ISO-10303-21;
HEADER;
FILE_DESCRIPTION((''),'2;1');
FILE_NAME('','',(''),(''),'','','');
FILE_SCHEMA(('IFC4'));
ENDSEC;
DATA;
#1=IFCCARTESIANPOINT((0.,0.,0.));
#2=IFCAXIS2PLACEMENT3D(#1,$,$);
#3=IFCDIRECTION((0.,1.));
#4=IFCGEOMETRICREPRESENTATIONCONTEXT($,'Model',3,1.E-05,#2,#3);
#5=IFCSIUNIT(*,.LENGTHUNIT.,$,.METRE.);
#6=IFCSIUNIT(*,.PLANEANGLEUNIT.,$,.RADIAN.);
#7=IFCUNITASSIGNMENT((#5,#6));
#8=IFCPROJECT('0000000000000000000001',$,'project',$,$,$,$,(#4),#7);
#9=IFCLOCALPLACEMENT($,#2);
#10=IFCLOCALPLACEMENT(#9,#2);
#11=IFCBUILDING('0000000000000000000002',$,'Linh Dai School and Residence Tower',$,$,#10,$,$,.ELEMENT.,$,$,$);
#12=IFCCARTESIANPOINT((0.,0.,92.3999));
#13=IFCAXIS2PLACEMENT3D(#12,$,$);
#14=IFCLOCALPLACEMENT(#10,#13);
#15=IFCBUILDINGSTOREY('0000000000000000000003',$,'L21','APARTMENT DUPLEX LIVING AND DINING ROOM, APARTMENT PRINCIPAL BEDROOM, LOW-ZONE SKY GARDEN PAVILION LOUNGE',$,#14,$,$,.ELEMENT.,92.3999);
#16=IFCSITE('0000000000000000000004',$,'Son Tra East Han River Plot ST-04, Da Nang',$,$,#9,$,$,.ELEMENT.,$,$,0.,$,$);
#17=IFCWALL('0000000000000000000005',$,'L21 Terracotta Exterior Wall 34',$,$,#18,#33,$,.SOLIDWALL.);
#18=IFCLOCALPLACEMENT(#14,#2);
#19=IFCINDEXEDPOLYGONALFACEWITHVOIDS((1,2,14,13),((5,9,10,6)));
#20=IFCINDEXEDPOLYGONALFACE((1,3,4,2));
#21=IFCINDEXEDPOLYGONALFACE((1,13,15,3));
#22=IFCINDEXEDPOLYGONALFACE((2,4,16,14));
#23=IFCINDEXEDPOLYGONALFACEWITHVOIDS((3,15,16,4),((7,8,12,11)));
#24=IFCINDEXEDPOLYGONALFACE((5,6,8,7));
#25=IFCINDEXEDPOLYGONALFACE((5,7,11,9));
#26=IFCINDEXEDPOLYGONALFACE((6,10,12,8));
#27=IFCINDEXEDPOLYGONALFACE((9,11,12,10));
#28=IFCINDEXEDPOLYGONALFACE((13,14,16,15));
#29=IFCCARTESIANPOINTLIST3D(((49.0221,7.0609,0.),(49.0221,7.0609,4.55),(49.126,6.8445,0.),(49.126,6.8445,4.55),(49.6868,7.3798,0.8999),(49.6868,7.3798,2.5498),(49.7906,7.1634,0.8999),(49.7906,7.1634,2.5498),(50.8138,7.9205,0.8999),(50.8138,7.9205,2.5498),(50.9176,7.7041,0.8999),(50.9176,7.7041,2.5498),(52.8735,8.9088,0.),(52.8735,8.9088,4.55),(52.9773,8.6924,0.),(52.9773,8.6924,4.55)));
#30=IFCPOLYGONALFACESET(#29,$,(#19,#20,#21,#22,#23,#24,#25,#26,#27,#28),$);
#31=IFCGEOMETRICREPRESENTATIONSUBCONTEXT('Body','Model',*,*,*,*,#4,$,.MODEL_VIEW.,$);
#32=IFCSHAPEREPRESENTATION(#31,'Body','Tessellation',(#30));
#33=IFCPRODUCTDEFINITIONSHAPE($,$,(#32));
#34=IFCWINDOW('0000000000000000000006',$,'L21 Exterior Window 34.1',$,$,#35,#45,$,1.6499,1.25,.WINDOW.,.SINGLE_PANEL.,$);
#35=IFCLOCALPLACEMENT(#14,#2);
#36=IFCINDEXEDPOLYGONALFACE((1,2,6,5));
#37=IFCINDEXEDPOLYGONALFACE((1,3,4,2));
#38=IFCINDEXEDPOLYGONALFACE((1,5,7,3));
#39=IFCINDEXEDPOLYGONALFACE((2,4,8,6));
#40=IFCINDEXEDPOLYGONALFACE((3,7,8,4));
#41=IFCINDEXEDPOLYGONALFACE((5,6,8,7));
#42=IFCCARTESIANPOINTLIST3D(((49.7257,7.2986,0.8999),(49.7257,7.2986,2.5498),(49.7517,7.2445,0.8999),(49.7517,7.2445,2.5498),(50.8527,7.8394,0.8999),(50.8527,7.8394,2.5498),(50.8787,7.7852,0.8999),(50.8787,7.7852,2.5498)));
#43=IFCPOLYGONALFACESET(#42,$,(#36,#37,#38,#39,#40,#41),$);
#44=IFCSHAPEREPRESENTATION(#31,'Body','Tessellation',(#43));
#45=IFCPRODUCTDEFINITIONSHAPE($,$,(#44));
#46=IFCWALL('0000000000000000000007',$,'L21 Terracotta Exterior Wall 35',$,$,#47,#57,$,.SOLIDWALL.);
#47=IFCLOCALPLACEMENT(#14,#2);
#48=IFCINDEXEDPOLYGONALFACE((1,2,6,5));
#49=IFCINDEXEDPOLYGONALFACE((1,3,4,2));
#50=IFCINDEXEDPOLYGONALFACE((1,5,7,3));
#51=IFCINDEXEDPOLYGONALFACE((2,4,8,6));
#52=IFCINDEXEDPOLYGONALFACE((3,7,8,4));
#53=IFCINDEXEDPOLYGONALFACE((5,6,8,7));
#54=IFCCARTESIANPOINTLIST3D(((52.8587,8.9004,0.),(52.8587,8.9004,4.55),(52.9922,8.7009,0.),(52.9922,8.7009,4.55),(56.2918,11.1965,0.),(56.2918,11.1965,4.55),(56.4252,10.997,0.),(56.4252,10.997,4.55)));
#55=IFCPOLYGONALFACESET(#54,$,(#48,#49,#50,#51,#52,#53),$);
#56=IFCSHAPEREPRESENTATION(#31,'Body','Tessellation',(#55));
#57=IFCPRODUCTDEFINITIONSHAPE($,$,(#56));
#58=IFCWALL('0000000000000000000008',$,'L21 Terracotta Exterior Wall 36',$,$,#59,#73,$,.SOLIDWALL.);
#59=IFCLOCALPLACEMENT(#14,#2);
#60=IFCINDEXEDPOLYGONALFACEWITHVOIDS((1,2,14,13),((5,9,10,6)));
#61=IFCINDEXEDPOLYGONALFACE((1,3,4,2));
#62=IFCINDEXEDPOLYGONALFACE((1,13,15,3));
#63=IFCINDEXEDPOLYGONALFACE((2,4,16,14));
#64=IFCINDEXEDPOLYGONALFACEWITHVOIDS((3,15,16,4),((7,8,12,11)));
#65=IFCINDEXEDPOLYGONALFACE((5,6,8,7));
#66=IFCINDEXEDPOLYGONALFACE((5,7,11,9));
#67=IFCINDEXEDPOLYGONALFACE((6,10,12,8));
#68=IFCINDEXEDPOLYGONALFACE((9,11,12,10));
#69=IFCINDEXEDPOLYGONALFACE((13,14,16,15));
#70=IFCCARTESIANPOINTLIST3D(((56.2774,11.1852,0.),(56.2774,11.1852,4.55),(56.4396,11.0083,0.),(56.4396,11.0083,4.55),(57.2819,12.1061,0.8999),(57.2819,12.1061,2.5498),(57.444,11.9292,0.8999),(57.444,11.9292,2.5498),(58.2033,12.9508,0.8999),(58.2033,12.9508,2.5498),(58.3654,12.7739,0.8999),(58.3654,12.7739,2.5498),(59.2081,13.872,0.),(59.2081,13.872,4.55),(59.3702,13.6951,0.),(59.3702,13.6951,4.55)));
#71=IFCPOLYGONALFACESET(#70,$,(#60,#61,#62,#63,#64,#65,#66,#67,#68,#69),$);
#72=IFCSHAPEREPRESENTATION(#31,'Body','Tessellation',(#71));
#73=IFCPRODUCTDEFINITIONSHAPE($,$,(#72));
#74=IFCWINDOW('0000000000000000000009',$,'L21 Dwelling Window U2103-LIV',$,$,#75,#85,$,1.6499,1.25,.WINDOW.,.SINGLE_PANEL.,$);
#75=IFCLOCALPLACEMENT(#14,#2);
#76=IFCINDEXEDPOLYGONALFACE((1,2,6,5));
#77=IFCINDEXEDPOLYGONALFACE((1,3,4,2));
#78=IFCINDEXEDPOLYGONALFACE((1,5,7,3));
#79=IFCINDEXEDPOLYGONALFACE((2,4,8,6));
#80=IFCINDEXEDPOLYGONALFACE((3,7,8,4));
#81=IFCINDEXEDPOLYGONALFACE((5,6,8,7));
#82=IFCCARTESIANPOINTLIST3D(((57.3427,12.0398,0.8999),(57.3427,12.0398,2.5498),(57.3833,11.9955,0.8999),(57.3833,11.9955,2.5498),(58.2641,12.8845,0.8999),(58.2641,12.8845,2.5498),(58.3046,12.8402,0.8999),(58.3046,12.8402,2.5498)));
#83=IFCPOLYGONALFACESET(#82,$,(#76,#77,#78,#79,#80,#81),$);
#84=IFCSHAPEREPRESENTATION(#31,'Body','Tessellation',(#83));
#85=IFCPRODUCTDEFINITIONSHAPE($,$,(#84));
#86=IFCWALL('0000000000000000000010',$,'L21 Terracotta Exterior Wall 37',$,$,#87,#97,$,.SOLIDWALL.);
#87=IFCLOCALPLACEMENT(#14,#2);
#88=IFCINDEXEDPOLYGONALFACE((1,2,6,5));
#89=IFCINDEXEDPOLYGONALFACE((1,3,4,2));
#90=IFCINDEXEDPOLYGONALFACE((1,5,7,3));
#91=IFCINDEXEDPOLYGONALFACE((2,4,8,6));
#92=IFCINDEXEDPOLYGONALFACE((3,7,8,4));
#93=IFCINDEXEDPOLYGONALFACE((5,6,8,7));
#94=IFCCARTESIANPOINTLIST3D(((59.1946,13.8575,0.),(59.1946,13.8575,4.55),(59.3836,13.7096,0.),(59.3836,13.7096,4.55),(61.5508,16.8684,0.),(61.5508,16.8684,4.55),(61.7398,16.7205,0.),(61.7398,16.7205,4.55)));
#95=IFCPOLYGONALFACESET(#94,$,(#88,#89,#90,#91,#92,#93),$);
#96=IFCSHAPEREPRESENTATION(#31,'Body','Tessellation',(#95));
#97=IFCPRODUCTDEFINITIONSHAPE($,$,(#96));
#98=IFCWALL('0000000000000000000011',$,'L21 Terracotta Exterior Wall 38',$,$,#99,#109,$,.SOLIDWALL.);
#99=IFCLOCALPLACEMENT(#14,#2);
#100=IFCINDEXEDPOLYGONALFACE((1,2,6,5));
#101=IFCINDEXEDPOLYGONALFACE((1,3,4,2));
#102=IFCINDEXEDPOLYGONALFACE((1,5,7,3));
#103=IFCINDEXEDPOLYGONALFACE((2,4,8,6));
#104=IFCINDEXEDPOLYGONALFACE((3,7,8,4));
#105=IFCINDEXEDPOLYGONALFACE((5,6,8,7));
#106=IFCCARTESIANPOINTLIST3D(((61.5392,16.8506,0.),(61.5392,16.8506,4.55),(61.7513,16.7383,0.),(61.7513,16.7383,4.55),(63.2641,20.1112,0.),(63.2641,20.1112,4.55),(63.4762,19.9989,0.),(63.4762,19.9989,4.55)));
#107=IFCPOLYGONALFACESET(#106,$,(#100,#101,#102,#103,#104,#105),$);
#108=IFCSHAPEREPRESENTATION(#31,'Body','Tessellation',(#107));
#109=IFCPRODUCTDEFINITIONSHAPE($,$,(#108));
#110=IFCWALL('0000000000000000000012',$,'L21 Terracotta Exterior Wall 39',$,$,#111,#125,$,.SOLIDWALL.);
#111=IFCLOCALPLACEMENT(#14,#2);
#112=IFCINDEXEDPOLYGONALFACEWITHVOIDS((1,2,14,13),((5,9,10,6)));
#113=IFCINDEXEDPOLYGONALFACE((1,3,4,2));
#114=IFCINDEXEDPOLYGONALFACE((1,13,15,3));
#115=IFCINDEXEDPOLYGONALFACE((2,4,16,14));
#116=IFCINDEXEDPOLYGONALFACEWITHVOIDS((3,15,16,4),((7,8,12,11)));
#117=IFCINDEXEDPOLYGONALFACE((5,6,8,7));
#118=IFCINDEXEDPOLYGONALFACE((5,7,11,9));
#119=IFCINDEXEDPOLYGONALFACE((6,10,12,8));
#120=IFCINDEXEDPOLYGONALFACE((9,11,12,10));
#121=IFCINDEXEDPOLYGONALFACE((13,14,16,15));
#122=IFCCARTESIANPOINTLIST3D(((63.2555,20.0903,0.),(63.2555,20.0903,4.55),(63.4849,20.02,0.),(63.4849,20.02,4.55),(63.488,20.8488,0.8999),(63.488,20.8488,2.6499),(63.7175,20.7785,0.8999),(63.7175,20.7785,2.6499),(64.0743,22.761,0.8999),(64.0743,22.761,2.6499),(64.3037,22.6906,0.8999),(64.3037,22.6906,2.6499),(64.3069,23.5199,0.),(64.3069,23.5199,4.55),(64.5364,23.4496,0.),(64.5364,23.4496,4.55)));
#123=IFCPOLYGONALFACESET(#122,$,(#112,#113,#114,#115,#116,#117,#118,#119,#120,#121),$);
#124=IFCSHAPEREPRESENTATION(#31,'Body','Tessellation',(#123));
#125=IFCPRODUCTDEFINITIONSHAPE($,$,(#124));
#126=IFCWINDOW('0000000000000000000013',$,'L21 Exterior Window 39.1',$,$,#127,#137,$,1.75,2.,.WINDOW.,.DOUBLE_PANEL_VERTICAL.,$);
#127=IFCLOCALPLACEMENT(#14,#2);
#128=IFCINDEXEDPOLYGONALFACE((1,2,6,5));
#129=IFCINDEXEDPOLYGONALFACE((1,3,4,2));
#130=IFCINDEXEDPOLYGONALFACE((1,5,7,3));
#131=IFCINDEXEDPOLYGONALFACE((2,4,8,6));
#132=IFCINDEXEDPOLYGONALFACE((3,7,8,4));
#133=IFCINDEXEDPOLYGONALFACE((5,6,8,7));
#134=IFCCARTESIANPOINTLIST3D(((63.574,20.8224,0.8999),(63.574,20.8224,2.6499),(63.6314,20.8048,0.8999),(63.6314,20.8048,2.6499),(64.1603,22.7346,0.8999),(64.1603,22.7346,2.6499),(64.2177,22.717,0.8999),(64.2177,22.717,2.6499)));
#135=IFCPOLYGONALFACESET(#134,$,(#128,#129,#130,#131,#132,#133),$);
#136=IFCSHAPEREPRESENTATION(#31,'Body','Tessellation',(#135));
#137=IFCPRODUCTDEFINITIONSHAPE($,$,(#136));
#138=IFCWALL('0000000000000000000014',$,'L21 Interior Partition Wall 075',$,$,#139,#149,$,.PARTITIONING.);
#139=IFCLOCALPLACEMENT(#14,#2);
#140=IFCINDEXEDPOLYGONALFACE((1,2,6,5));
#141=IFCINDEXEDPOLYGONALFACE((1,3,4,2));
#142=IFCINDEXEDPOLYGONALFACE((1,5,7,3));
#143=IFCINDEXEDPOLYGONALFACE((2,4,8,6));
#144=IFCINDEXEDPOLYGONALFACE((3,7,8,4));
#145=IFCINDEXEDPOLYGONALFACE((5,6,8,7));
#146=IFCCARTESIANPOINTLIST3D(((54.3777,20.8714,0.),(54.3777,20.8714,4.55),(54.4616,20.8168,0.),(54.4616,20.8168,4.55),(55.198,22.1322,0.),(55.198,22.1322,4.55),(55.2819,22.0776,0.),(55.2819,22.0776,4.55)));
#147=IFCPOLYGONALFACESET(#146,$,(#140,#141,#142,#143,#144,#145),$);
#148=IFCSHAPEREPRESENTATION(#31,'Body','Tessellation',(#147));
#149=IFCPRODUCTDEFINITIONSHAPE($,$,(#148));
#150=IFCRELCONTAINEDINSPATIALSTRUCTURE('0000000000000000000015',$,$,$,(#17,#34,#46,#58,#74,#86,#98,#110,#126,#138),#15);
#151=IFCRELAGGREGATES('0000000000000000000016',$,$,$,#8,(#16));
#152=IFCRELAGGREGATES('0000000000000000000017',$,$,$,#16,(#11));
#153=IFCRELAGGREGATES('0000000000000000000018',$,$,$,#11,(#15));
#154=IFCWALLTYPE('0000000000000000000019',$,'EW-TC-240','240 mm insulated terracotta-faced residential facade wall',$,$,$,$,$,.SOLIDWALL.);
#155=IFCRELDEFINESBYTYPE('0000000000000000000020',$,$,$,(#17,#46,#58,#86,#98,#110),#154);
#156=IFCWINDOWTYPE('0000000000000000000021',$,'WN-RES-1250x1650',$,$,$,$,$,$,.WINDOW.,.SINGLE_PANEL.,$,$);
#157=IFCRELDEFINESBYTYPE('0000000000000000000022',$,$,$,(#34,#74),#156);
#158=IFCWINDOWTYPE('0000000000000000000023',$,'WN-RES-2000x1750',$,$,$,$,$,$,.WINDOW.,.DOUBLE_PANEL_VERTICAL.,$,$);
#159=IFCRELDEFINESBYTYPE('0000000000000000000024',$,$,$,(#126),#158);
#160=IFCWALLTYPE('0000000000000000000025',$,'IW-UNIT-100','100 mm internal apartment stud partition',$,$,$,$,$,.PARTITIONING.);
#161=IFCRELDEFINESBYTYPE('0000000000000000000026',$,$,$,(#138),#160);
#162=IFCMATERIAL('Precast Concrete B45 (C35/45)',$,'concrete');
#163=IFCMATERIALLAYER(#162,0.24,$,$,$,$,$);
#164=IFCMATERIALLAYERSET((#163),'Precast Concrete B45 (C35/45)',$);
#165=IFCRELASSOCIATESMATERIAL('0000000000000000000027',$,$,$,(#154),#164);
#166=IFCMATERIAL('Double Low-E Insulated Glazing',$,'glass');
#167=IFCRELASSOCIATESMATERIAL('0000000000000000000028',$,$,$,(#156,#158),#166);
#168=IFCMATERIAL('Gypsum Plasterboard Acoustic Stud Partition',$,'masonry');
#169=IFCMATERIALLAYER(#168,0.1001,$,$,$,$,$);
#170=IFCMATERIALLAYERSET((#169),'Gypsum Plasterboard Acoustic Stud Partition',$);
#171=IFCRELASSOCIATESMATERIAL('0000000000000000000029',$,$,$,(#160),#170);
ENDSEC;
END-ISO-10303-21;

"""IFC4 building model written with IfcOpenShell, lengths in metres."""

from ifc_helpers import new_model, si_unit, direction, frame, frame_2d, origin, origin_2d, place, context, subcontext, project, spatial, rectangle, extrude, source, transform, mapped, material, layer, layer_set, type_object, element, fill, save


model = new_model("IFC4")

# Units and contexts
model_context = context("Model", 3, precision=1e-05, world=origin(), true_north=direction((0.0, 1.0)))
body_context = subcontext(model_context, "Body", "Model", "MODEL_VIEW")
ifc_project = project(units=[si_unit("LENGTHUNIT", "METRE"), si_unit("PLANEANGLEUNIT", "RADIAN")], contexts=[model_context])

# Site, building, storey
site_placement = place(None, origin())
site = spatial("IfcSite", under=ifc_project, at=site_placement, Name="Son Tra East Han River Plot ST-04, Da Nang", CompositionType="ELEMENT", RefElevation=0.0)
building_placement = place(site_placement, origin())
building = spatial("IfcBuilding", under=site, at=building_placement, Name="Linh Dai School and Residence Tower", CompositionType="ELEMENT")
storey_placement = place(building_placement, frame((0.0, 0.0, 92.3999)))
storey = spatial("IfcBuildingStorey", under=building, at=storey_placement, Name="L21", Description="APARTMENT DUPLEX LIVING AND DINING ROOM, APARTMENT PRINCIPAL BEDROOM, LOW-ZONE SKY GARDEN PAVILION LOUNGE", CompositionType="ELEMENT", Elevation=92.3999)

# Shared definitions
ifc_material_1 = material(Name="Precast Concrete B45 (C35/45)", Category="concrete")

# Wall, opening, window
ifc_layer_1 = layer(ifc_material_1, 0.24)
ifc_layer_set_1 = layer_set([ifc_layer_1], Name="Precast Concrete B45 (C35/45)")
wall_type_1 = type_object("IfcWallType", Name="EW-TC-240", Description="240 mm insulated terracotta-faced residential facade wall", PredefinedType="SOLIDWALL", material=ifc_layer_set_1)
wall_1_placement = place(storey_placement, frame((52.9253, 8.8005, 0.0), z_axis=(0.0, 0.0, 1.0), x_axis=(-0.90159, -0.432592, 0.0)))
wall_1 = element("IfcWall", 1, at=wall_1_placement, inside=storey, type_object=wall_type_1, Name="L21 Terracotta Exterior Wall 34", PredefinedType="SOLIDWALL", context=body_context, shape_type="SweptSolid", body=[
    extrude(rectangle(XDim=4.2717, YDim=0.24, at=frame_2d((2.1357, 0.0))), origin(), (0.0, 0.0, 1.0), 4.55),
])
opening_1_placement = place(wall_1_placement, frame((2.2844, 0.0, 0.8999)))
opening_1 = element("IfcOpeningElement", 2, at=opening_1_placement, cuts=wall_1, PredefinedType="OPENING", context=body_context, shape_type="SweptSolid", body=[
    extrude(rectangle(XDim=1.25, YDim=1.6499, at=origin_2d()), frame((0.625, 0.1299, 0.825), z_axis=(0.0, -1.0, 0.0), x_axis=(1.0, 0.0, 0.0)), (0.0, 0.0, 1.0), 0.26),
])
ifc_material_2 = material(Name="Double Low-E Insulated Glazing", Category="glass")
window_type_1 = type_object("IfcWindowType", Name="WN-RES-1250x1650", PartitioningType="SINGLE_PANEL", PredefinedType="WINDOW", material=ifc_material_2)
shared_shape_1 = source(origin(), body_context, "Body", "SweptSolid", [
    extrude(rectangle(XDim=1.25, YDim=1.6499, at=origin_2d()), frame((0.625, 0.03, 0.825), z_axis=(0.0, -1.0, 0.0), x_axis=(1.0, 0.0, 0.0)), (0.0, 0.0, 1.0), 0.0601),
])
window_1_placement = place(opening_1_placement, origin())
window_1 = element("IfcWindow", 3, at=window_1_placement, inside=storey, type_object=window_type_1, Name="L21 Exterior Window 34.1", OverallHeight=1.6499, OverallWidth=1.25, PartitioningType="SINGLE_PANEL", PredefinedType="WINDOW", context=body_context, shape_type="MappedRepresentation", body=[
    mapped(shared_shape_1, transform((0.0, 0.0, 0.0), x_axis=(1.0, 0.0, 0.0), y_axis=(0.0, 1.0, 0.0), z_axis=(0.0, 0.0, 1.0), scale=1.0)),
])
fill(opening_1, window_1)

# Wall
wall_2_placement = place(storey_placement, frame((56.3584, 11.0967, 0.0), z_axis=(0.0, 0.0, 1.0), x_axis=(-0.831222, -0.555941, 0.0)))
element("IfcWall", 4, at=wall_2_placement, inside=storey, type_object=wall_type_1, Name="L21 Terracotta Exterior Wall 35", PredefinedType="SOLIDWALL", context=body_context, shape_type="SweptSolid", body=[
    extrude(rectangle(XDim=4.1301, YDim=0.24, at=frame_2d((2.0649, 0.0))), origin(), (0.0, 0.0, 1.0), 4.55),
])

# Wall, opening, window
wall_3_placement = place(storey_placement, frame((59.2891, 13.7834, 0.0), z_axis=(0.0, 0.0, 1.0), x_axis=(-0.737113, -0.675769, 0.0)))
wall_3 = element("IfcWall", 5, at=wall_3_placement, inside=storey, type_object=wall_type_1, Name="L21 Terracotta Exterior Wall 36", PredefinedType="SOLIDWALL", context=body_context, shape_type="SweptSolid", body=[
    extrude(rectangle(XDim=3.9758, YDim=0.24, at=frame_2d((1.9878, 0.0))), origin(), (0.0, 0.0, 1.0), 4.55),
])
opening_2_placement = place(wall_3_placement, frame((1.363, 0.0, 0.8999)))
opening_2 = element("IfcOpeningElement", 6, at=opening_2_placement, cuts=wall_3, PredefinedType="OPENING", context=body_context, shape_type="SweptSolid", body=[
    extrude(rectangle(XDim=1.25, YDim=1.6499, at=origin_2d()), frame((0.625, 0.1299, 0.825), z_axis=(0.0, -1.0, 0.0), x_axis=(1.0, 0.0, 0.0)), (0.0, 0.0, 1.0), 0.26),
])
window_2_placement = place(opening_2_placement, origin())
window_2 = element("IfcWindow", 7, at=window_2_placement, inside=storey, type_object=window_type_1, Name="L21 Dwelling Window U2103-LIV", OverallHeight=1.6499, OverallWidth=1.25, PartitioningType="SINGLE_PANEL", PredefinedType="WINDOW", context=body_context, shape_type="MappedRepresentation", body=[
    mapped(shared_shape_1, transform((0.0, 0.0, 0.0), x_axis=(1.0, 0.0, 0.0), y_axis=(0.0, 1.0, 0.0), z_axis=(0.0, 0.0, 1.0), scale=1.0)),
])
fill(opening_2, window_2)

# Walls
wall_4_placement = place(storey_placement, frame((61.6453, 16.7944, 0.0), z_axis=(0.0, 0.0, 1.0), x_axis=(-0.616272, -0.787533, 0.0)))
element("IfcWall", 8, at=wall_4_placement, inside=storey, type_object=wall_type_1, Name="L21 Terracotta Exterior Wall 37", PredefinedType="SOLIDWALL", context=body_context, shape_type="SweptSolid", body=[
    extrude(rectangle(XDim=3.8232, YDim=0.24, at=frame_2d((1.9116, 0.0))), origin(), (0.0, 0.0, 1.0), 4.55),
])
wall_5_placement = place(storey_placement, frame((63.3701, 20.0549, 0.0), z_axis=(0.0, 0.0, 1.0), x_axis=(-0.467614, -0.883933, 0.0)))
element("IfcWall", 9, at=wall_5_placement, inside=storey, type_object=wall_type_1, Name="L21 Terracotta Exterior Wall 38", PredefinedType="SOLIDWALL", context=body_context, shape_type="SweptSolid", body=[
    extrude(rectangle(XDim=3.6887, YDim=0.24, at=frame_2d((1.8442, 0.0))), origin(), (0.0, 0.0, 1.0), 4.55),
])

# Wall, opening, window
wall_6_placement = place(storey_placement, frame((64.4216, 23.4846, 0.0), z_axis=(0.0, 0.0, 1.0), x_axis=(-0.293124, -0.956074, 0.0)))
wall_6 = element("IfcWall", 10, at=wall_6_placement, inside=storey, type_object=wall_type_1, Name="L21 Terracotta Exterior Wall 39", PredefinedType="SOLIDWALL", context=body_context, shape_type="SweptSolid", body=[
    extrude(rectangle(XDim=3.5872, YDim=0.24, at=frame_2d((1.7935, 0.0))), origin(), (0.0, 0.0, 1.0), 4.55),
])
opening_3_placement = place(wall_6_placement, frame((0.7937, 0.0, 0.8999)))
opening_3 = element("IfcOpeningElement", 11, at=opening_3_placement, cuts=wall_6, PredefinedType="OPENING", context=body_context, shape_type="SweptSolid", body=[
    extrude(rectangle(XDim=2.0, YDim=1.75, at=origin_2d()), frame((1.0, 0.1299, 0.875), z_axis=(0.0, -1.0, 0.0), x_axis=(1.0, 0.0, 0.0)), (0.0, 0.0, 1.0), 0.26),
])
window_type_2 = type_object("IfcWindowType", Name="WN-RES-2000x1750", PartitioningType="DOUBLE_PANEL_VERTICAL", PredefinedType="WINDOW", material=ifc_material_2)
shared_shape_2 = source(origin(), body_context, "Body", "SweptSolid", [
    extrude(rectangle(XDim=2.0, YDim=1.75, at=origin_2d()), frame((1.0, 0.03, 0.875), z_axis=(0.0, -1.0, 0.0), x_axis=(1.0, 0.0, 0.0)), (0.0, 0.0, 1.0), 0.0601),
])
window_3_placement = place(opening_3_placement, origin())
window_3 = element("IfcWindow", 12, at=window_3_placement, inside=storey, type_object=window_type_2, Name="L21 Exterior Window 39.1", OverallHeight=1.75, OverallWidth=2.0, PartitioningType="DOUBLE_PANEL_VERTICAL", PredefinedType="WINDOW", context=body_context, shape_type="MappedRepresentation", body=[
    mapped(shared_shape_2, transform((0.0, 0.0, 0.0), x_axis=(1.0, 0.0, 0.0), y_axis=(0.0, 1.0, 0.0), z_axis=(0.0, 0.0, 1.0), scale=1.0)),
])
fill(opening_3, window_3)

# Wall
ifc_material_3 = material(Name="Gypsum Plasterboard Acoustic Stud Partition", Category="masonry")
ifc_layer_2 = layer(ifc_material_3, 0.1001)
ifc_layer_set_2 = layer_set([ifc_layer_2], Name="Gypsum Plasterboard Acoustic Stud Partition")
wall_type_2 = type_object("IfcWallType", Name="IW-UNIT-100", Description="100 mm internal apartment stud partition", PredefinedType="PARTITIONING", material=ifc_layer_set_2)
wall_7_placement = place(storey_placement, frame((54.4197, 20.8442, 0.0), z_axis=(0.0, 0.0, 1.0), x_axis=(0.545376, 0.838191, 0.0)))
element("IfcWall", 13, at=wall_7_placement, inside=storey, type_object=wall_type_2, Name="L21 Interior Partition Wall 075", PredefinedType="PARTITIONING", context=body_context, shape_type="SweptSolid", body=[
    extrude(rectangle(XDim=1.5042, YDim=0.1001, at=frame_2d((0.752, 0.0))), origin(), (0.0, 0.0, 1.0), 4.55),
])

save(model, "model.ifc")
